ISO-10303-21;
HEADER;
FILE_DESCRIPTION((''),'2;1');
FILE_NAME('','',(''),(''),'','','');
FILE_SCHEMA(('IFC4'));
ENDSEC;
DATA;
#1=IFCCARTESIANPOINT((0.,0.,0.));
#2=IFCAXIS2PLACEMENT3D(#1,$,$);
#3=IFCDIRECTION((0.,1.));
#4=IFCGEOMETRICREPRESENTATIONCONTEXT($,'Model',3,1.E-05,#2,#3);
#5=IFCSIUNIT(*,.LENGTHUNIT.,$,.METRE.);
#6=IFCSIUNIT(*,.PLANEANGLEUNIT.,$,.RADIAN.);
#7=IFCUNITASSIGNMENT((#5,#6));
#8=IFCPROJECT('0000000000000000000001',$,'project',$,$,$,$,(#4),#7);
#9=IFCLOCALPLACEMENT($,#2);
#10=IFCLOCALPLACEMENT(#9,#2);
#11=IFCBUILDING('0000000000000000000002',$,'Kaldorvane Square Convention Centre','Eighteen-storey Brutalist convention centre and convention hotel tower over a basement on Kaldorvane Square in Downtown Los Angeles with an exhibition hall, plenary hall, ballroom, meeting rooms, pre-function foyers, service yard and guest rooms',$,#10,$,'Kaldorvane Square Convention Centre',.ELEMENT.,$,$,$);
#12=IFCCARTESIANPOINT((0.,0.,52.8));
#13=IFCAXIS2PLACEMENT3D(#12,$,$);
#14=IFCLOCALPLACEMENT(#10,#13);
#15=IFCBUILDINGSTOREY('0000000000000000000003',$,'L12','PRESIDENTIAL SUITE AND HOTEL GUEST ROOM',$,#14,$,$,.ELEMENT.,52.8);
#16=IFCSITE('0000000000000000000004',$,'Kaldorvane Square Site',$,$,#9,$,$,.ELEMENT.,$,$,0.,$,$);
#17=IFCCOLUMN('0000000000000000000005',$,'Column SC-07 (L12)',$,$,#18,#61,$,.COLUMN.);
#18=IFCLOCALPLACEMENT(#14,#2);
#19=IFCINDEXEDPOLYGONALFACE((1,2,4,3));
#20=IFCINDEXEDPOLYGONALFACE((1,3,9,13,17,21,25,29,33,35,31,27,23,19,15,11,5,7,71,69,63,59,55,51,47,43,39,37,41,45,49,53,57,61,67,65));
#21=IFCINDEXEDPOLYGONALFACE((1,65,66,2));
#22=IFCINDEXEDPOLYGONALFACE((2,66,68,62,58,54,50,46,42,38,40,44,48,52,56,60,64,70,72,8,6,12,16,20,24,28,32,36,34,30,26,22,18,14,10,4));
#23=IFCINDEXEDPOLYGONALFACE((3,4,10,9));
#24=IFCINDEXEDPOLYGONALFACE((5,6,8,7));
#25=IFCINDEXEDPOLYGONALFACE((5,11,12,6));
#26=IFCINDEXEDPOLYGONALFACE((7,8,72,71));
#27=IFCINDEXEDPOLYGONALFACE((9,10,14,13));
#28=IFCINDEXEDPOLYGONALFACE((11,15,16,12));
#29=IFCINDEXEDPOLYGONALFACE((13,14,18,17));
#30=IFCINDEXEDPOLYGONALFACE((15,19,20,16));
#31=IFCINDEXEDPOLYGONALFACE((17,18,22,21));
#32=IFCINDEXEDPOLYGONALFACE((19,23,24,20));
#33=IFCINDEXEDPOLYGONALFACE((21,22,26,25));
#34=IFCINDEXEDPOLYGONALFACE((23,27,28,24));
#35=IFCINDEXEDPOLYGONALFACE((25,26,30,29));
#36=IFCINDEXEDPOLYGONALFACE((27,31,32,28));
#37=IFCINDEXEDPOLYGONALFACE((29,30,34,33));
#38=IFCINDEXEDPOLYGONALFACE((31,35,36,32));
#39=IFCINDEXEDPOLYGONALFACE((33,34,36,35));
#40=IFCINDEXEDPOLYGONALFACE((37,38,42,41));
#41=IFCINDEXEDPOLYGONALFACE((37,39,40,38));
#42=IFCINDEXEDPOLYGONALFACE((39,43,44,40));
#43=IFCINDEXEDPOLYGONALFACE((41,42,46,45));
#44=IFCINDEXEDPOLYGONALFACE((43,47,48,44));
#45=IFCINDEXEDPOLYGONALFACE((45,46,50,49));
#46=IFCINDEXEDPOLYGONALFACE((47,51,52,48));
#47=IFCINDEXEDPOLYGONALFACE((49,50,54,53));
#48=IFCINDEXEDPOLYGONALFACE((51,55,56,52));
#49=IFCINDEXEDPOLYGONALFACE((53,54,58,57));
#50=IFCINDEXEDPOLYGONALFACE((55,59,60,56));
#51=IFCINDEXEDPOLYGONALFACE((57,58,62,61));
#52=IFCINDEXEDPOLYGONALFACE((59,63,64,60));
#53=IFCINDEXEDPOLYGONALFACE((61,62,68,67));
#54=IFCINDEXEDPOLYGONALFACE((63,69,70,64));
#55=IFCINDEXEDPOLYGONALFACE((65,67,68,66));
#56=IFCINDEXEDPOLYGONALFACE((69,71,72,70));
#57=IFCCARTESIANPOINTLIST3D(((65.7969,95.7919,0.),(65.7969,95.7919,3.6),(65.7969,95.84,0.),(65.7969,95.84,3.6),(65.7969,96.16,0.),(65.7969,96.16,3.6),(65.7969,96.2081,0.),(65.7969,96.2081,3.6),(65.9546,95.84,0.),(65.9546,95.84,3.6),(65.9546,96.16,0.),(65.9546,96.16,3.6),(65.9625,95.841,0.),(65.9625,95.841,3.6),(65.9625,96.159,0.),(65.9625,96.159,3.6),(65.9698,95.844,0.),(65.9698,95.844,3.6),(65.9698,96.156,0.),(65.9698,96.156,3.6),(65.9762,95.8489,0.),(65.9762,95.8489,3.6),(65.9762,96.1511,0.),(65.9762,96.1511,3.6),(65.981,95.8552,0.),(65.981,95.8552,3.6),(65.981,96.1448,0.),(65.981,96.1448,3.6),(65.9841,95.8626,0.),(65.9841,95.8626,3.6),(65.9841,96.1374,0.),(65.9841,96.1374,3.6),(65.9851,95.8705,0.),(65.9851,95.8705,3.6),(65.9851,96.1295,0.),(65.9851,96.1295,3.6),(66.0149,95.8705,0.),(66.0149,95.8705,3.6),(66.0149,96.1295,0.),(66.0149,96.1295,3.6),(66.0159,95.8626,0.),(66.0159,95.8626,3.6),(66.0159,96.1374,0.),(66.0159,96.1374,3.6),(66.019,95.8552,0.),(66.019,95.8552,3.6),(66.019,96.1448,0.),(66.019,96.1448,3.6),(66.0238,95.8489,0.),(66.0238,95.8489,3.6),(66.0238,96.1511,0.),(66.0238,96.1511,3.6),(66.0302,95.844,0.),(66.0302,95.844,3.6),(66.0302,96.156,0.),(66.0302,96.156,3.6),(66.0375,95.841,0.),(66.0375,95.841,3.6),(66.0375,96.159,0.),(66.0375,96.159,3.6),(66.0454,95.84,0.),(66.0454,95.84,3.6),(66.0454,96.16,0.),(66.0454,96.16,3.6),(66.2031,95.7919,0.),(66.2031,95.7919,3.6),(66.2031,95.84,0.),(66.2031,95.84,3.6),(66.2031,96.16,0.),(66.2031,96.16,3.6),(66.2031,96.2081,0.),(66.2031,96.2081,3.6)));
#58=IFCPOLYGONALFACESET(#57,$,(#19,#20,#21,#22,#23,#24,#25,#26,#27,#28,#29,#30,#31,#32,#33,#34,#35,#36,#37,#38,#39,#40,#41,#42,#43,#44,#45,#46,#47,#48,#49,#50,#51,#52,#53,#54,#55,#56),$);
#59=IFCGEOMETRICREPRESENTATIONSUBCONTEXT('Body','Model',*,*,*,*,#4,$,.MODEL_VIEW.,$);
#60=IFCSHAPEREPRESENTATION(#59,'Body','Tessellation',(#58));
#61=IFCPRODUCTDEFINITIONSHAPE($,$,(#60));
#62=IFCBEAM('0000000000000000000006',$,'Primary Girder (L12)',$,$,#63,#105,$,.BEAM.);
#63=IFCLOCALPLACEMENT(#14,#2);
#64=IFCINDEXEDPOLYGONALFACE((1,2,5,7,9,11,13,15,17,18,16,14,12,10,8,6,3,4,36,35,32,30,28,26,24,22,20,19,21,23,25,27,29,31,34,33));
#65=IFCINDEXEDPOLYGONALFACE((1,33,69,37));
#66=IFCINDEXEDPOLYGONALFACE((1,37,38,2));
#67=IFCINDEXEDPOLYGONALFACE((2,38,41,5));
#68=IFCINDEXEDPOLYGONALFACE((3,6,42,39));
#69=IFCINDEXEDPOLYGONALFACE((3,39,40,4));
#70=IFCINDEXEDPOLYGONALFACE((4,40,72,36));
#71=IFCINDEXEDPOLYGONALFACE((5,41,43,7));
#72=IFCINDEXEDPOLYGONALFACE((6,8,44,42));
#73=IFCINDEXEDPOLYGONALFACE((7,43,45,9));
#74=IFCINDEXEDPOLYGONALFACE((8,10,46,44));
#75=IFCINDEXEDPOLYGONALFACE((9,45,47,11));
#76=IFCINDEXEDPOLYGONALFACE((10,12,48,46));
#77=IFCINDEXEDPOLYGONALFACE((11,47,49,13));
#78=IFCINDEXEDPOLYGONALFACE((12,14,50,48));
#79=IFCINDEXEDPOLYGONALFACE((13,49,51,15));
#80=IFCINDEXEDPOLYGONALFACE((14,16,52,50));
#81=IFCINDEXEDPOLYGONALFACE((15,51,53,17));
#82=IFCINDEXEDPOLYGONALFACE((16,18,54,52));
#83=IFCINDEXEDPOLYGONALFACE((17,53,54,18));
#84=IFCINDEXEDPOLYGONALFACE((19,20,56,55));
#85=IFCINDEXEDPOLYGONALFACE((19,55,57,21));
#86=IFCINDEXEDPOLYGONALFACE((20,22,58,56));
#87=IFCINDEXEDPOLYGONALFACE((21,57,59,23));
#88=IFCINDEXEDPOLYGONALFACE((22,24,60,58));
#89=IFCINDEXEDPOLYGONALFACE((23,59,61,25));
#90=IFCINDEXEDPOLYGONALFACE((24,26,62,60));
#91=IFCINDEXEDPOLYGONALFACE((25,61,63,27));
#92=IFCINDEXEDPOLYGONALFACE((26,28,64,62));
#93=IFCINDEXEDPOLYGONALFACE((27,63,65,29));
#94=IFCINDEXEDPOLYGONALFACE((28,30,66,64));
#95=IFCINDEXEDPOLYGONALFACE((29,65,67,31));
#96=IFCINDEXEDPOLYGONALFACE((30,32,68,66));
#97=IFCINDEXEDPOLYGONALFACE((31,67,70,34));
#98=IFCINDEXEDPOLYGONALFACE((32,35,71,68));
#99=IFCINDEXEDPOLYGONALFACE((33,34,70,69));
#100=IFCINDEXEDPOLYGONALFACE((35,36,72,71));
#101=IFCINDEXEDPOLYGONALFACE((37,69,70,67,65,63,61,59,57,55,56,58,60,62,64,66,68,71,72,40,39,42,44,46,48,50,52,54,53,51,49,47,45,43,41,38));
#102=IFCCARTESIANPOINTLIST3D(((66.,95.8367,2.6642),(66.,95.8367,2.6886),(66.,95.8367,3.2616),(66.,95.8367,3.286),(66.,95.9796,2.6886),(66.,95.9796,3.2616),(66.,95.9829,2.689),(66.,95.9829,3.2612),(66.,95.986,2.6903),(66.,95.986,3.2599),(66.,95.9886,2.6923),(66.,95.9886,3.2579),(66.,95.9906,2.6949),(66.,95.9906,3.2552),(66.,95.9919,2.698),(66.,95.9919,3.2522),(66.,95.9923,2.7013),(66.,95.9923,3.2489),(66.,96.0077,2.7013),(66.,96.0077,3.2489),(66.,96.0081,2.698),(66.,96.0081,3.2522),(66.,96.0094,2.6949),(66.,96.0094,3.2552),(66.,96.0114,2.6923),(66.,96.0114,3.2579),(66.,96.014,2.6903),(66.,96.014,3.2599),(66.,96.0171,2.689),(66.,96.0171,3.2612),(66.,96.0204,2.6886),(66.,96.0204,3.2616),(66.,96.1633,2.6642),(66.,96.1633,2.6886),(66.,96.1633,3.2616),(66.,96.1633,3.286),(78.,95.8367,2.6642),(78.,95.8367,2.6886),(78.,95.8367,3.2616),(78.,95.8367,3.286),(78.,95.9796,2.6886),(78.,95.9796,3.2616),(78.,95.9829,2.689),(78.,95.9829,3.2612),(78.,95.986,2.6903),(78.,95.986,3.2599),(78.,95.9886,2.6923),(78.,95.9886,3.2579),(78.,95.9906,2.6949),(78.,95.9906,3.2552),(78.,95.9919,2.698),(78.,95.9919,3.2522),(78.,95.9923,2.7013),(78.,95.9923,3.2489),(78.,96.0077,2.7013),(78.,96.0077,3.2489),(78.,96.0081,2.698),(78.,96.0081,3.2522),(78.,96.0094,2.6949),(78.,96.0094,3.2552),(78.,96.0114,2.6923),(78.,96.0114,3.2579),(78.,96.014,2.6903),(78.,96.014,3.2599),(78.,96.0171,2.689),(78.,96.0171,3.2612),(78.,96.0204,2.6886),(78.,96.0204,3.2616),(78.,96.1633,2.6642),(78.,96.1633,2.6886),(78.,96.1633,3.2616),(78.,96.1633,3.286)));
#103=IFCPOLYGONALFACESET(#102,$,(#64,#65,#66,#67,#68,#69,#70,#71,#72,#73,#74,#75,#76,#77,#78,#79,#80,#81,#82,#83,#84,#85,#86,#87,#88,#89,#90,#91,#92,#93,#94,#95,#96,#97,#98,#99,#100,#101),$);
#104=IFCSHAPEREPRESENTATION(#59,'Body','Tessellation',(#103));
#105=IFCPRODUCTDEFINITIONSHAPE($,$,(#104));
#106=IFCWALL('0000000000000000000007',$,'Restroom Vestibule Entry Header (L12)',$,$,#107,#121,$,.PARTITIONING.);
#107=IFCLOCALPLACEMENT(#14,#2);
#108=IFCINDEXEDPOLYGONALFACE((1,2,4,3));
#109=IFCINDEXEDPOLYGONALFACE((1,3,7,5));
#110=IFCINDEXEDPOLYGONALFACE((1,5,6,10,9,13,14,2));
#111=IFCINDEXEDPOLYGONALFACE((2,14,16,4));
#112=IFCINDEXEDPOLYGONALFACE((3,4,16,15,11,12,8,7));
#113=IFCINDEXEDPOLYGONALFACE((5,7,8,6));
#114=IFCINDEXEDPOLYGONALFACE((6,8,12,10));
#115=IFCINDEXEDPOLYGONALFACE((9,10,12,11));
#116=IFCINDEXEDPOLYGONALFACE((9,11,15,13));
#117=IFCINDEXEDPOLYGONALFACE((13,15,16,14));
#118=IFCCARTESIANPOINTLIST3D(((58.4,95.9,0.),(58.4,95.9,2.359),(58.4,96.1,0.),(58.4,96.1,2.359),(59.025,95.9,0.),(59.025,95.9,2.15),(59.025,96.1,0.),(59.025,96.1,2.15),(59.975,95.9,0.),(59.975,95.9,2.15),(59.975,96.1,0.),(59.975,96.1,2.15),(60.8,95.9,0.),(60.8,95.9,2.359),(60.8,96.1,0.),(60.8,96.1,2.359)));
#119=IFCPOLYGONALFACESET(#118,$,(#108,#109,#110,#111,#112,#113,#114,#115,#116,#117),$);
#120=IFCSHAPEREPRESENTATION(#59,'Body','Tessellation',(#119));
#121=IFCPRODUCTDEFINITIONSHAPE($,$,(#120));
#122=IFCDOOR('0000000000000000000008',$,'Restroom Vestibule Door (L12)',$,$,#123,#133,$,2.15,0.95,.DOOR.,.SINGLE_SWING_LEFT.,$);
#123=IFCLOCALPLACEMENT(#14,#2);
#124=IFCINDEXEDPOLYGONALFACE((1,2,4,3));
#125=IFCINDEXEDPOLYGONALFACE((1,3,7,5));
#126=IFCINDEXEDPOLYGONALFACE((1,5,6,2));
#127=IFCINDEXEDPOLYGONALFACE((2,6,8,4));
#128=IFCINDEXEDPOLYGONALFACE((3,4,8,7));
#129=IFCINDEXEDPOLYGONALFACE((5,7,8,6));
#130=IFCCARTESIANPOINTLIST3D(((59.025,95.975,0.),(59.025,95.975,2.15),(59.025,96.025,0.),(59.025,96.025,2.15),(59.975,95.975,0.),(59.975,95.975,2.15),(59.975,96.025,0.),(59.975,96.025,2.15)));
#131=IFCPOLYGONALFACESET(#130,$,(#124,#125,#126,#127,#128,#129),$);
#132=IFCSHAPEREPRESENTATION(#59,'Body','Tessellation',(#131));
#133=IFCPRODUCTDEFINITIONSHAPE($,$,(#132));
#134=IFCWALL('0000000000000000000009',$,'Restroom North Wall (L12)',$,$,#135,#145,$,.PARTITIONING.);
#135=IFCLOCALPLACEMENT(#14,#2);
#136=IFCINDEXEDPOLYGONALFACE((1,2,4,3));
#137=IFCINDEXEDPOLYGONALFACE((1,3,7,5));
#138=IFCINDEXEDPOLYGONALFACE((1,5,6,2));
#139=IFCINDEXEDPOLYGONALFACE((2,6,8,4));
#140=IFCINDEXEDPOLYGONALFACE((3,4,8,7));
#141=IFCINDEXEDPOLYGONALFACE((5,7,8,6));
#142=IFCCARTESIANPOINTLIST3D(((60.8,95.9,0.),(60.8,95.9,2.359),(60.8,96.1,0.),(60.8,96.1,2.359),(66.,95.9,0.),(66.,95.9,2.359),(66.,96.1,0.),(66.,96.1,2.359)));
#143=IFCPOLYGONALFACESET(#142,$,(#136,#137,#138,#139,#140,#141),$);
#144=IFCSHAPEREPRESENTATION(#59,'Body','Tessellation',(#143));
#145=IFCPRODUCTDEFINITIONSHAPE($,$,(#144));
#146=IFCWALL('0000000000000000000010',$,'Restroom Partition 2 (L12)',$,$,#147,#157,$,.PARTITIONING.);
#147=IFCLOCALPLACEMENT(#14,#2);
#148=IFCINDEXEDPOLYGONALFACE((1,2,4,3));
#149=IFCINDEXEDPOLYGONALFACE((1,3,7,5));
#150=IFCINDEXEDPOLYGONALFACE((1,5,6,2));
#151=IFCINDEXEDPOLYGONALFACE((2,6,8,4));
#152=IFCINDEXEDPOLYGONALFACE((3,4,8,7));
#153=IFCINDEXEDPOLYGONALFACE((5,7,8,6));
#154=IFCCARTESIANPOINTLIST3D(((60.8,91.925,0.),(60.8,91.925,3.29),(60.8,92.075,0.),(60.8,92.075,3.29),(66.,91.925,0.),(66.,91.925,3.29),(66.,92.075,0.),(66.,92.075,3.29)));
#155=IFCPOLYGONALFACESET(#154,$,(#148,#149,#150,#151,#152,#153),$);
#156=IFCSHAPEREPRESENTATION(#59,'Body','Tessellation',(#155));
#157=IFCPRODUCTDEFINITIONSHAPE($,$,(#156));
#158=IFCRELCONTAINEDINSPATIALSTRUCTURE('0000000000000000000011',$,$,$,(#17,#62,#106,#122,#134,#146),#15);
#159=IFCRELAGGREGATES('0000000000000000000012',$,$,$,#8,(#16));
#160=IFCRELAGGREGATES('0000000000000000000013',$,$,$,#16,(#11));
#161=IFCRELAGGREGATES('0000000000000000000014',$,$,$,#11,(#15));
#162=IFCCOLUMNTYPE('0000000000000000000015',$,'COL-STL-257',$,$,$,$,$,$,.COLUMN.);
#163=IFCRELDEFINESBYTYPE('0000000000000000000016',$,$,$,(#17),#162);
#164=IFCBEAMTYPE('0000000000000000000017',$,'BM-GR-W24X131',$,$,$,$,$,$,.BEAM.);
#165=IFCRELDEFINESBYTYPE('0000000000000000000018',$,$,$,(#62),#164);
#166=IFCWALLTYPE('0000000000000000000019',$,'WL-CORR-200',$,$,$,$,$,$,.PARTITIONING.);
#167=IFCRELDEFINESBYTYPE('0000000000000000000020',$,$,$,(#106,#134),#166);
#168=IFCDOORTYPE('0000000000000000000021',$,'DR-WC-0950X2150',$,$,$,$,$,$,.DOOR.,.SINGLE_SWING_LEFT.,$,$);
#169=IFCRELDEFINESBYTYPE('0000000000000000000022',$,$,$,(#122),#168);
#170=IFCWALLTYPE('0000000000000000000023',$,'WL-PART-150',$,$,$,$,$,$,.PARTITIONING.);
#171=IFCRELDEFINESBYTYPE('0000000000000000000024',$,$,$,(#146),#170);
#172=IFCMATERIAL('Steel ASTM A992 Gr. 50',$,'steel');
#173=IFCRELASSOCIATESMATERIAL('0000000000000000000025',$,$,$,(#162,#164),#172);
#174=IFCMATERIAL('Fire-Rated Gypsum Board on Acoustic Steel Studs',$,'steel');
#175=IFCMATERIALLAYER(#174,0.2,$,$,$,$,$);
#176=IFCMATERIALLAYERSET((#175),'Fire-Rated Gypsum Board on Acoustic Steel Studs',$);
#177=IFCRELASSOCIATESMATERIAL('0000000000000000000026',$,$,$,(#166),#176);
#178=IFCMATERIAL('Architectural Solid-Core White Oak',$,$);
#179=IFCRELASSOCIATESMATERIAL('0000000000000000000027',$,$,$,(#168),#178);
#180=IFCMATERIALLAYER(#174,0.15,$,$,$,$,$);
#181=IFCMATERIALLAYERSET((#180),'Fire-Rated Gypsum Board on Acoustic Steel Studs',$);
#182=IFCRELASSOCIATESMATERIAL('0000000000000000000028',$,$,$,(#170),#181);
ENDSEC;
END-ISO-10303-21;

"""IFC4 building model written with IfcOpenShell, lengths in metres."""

from ifc_helpers import new_model, si_unit, direction, frame, frame_2d, origin, origin_2d, place, context, subcontext, project, spatial, rectangle, i_section, extrude, material, layer, layer_set, material_profile, profile_set, type_object, element, fill, save


model = new_model("IFC4")

# Units and contexts
model_context = context("Model", 3, precision=1e-05, world=origin(), true_north=direction((0.0, 1.0)))
body_context = subcontext(model_context, "Body", "Model", "MODEL_VIEW")
ifc_project = project(units=[si_unit("LENGTHUNIT", "METRE"), si_unit("PLANEANGLEUNIT", "RADIAN")], contexts=[model_context])

# Site, building, storey
site_placement = place(None, origin())
site = spatial("IfcSite", under=ifc_project, at=site_placement, Name="Kaldorvane Square Site", CompositionType="ELEMENT", RefElevation=0.0)
building_placement = place(site_placement, origin())
building = spatial("IfcBuilding", under=site, at=building_placement, Name="Kaldorvane Square Convention Centre", Description="Eighteen-storey Brutalist convention centre and convention hotel tower over a basement on Kaldorvane Square in Downtown Los Angeles with an exhibition hall, plenary hall, ballroom, meeting rooms, pre-function foyers, service yard and guest rooms", LongName="Kaldorvane Square Convention Centre", CompositionType="ELEMENT")
storey_placement = place(building_placement, frame((0.0, 0.0, 52.8)))
storey = spatial("IfcBuildingStorey", under=building, at=storey_placement, Name="L12", Description="PRESIDENTIAL SUITE AND HOTEL GUEST ROOM", CompositionType="ELEMENT", Elevation=52.8)

# Column
ifc_material_1 = material(Name="Steel ASTM A992 Gr. 50", Category="steel")
ifc_material_profile_1 = material_profile(ifc_material_1, i_section(OverallWidth=0.4063, OverallDepth=0.4161, WebThickness=0.0298, FlangeThickness=0.048, FilletRadius=0.0305, at=origin_2d()), Name="W14X257")
ifc_profile_set_1 = profile_set([ifc_material_profile_1], Name="Steel ASTM A992 Gr. 50")
column_type = type_object("IfcColumnType", Name="COL-STL-257", PredefinedType="COLUMN", material=ifc_profile_set_1)
column_placement = place(storey_placement, frame((66.0, 96.0, 0.0), z_axis=(0.0, 0.0, 1.0), x_axis=(1.0, 0.0, 0.0)))
element("IfcColumn", 1, at=column_placement, inside=storey, type_object=column_type, Name="Column SC-07 (L12)", PredefinedType="COLUMN", context=body_context, shape_type="SweptSolid", body=[
    extrude(i_section(OverallWidth=0.4063, OverallDepth=0.4161, WebThickness=0.0298, FlangeThickness=0.048, FilletRadius=0.0305, at=origin_2d()), origin(), (0.0, 0.0, 1.0), 3.6),
])

# Beam
ifc_material_profile_2 = material_profile(ifc_material_1, i_section(OverallWidth=0.3265, OverallDepth=0.6218, WebThickness=0.0154, FlangeThickness=0.0244, FilletRadius=0.0127, at=origin_2d()), Name="W24X131")
ifc_profile_set_2 = profile_set([ifc_material_profile_2], Name="Steel ASTM A992 Gr. 50")
beam_type = type_object("IfcBeamType", Name="BM-GR-W24X131", PredefinedType="BEAM", material=ifc_profile_set_2)
beam_placement = place(storey_placement, frame((66.0, 96.0, 2.9751), z_axis=(1.0, 0.0, 0.0), x_axis=(0.0, 1.0, 0.0)))
element("IfcBeam", 2, at=beam_placement, inside=storey, type_object=beam_type, Name="Primary Girder (L12)", PredefinedType="BEAM", context=body_context, shape_type="SweptSolid", body=[
    extrude(i_section(OverallWidth=0.3265, OverallDepth=0.6218, WebThickness=0.0154, FlangeThickness=0.0244, FilletRadius=0.0127, at=origin_2d()), origin(), (0.0, 0.0, 1.0), 12.0),
])

# Wall, opening, door
ifc_material_2 = material(Name="Fire-Rated Gypsum Board on Acoustic Steel Studs", Category="steel")
ifc_layer_1 = layer(ifc_material_2, 0.2)
ifc_layer_set_1 = layer_set([ifc_layer_1], Name="Fire-Rated Gypsum Board on Acoustic Steel Studs")
wall_type_1 = type_object("IfcWallType", Name="WL-CORR-200", PredefinedType="PARTITIONING", material=ifc_layer_set_1)
wall_1_placement = place(storey_placement, frame((58.4, 96.0, 0.0), z_axis=(0.0, 0.0, 1.0), x_axis=(1.0, 0.0, 0.0)))
wall_1 = element("IfcWall", 3, at=wall_1_placement, inside=storey, type_object=wall_type_1, Name="Restroom Vestibule Entry Header (L12)", PredefinedType="PARTITIONING", context=body_context, shape_type="SweptSolid", body=[
    extrude(rectangle(XDim=2.4, YDim=0.2, at=frame_2d((1.2, 0.0))), origin(), (0.0, 0.0, 1.0), 2.359),
])
opening_1_placement = place(wall_1_placement, frame((0.625, 0.0, 0.0)))
opening_1 = element("IfcOpeningElement", 4, at=opening_1_placement, cuts=wall_1, PredefinedType="OPENING", context=body_context, shape_type="SweptSolid", body=[
    extrude(rectangle(XDim=0.95, YDim=2.15, at=frame_2d((0.475, 1.075))), frame((0.0, 0.115, 0.0), z_axis=(0.0, -1.0, 0.0), x_axis=(1.0, 0.0, 0.0)), (0.0, 0.0, 1.0), 0.23),
])
ifc_material_3 = material(Name="Architectural Solid-Core White Oak")
door_type_1 = type_object("IfcDoorType", Name="DR-WC-0950X2150", OperationType="SINGLE_SWING_LEFT", PredefinedType="DOOR", material=ifc_material_3)
door_1_placement = place(opening_1_placement, origin())
door_1 = element("IfcDoor", 5, at=door_1_placement, inside=storey, type_object=door_type_1, Name="Restroom Vestibule Door (L12)", OperationType="SINGLE_SWING_LEFT", OverallHeight=2.15, OverallWidth=0.95, PredefinedType="DOOR", context=body_context, shape_type="SweptSolid", body=[
    extrude(rectangle(XDim=0.95, YDim=2.15, at=frame_2d((0.475, 1.075))), frame((0.0, 0.025, 0.0), z_axis=(0.0, -1.0, 0.0), x_axis=(1.0, 0.0, 0.0)), (0.0, 0.0, 1.0), 0.05),
])
fill(opening_1, door_1)

# Walls
wall_2_placement = place(storey_placement, frame((60.8, 96.0, 0.0), z_axis=(0.0, 0.0, 1.0), x_axis=(1.0, 0.0, 0.0)))
element("IfcWall", 6, at=wall_2_placement, inside=storey, type_object=wall_type_1, Name="Restroom North Wall (L12)", PredefinedType="PARTITIONING", context=body_context, shape_type="SweptSolid", body=[
    extrude(rectangle(XDim=5.2, YDim=0.2, at=frame_2d((2.6, 0.0))), origin(), (0.0, 0.0, 1.0), 2.359),
])
ifc_layer_2 = layer(ifc_material_2, 0.15)
ifc_layer_set_2 = layer_set([ifc_layer_2], Name="Fire-Rated Gypsum Board on Acoustic Steel Studs")
wall_type_2 = type_object("IfcWallType", Name="WL-PART-150", PredefinedType="PARTITIONING", material=ifc_layer_set_2)
wall_3_placement = place(storey_placement, frame((60.8, 92.0, 0.0), z_axis=(0.0, 0.0, 1.0), x_axis=(1.0, 0.0, 0.0)))
element("IfcWall", 7, at=wall_3_placement, inside=storey, type_object=wall_type_2, Name="Restroom Partition 2 (L12)", PredefinedType="PARTITIONING", context=body_context, shape_type="SweptSolid", body=[
    extrude(rectangle(XDim=5.2, YDim=0.15, at=frame_2d((2.6, 0.0))), origin(), (0.0, 0.0, 1.0), 3.29),
])

save(model, "model.ifc")
